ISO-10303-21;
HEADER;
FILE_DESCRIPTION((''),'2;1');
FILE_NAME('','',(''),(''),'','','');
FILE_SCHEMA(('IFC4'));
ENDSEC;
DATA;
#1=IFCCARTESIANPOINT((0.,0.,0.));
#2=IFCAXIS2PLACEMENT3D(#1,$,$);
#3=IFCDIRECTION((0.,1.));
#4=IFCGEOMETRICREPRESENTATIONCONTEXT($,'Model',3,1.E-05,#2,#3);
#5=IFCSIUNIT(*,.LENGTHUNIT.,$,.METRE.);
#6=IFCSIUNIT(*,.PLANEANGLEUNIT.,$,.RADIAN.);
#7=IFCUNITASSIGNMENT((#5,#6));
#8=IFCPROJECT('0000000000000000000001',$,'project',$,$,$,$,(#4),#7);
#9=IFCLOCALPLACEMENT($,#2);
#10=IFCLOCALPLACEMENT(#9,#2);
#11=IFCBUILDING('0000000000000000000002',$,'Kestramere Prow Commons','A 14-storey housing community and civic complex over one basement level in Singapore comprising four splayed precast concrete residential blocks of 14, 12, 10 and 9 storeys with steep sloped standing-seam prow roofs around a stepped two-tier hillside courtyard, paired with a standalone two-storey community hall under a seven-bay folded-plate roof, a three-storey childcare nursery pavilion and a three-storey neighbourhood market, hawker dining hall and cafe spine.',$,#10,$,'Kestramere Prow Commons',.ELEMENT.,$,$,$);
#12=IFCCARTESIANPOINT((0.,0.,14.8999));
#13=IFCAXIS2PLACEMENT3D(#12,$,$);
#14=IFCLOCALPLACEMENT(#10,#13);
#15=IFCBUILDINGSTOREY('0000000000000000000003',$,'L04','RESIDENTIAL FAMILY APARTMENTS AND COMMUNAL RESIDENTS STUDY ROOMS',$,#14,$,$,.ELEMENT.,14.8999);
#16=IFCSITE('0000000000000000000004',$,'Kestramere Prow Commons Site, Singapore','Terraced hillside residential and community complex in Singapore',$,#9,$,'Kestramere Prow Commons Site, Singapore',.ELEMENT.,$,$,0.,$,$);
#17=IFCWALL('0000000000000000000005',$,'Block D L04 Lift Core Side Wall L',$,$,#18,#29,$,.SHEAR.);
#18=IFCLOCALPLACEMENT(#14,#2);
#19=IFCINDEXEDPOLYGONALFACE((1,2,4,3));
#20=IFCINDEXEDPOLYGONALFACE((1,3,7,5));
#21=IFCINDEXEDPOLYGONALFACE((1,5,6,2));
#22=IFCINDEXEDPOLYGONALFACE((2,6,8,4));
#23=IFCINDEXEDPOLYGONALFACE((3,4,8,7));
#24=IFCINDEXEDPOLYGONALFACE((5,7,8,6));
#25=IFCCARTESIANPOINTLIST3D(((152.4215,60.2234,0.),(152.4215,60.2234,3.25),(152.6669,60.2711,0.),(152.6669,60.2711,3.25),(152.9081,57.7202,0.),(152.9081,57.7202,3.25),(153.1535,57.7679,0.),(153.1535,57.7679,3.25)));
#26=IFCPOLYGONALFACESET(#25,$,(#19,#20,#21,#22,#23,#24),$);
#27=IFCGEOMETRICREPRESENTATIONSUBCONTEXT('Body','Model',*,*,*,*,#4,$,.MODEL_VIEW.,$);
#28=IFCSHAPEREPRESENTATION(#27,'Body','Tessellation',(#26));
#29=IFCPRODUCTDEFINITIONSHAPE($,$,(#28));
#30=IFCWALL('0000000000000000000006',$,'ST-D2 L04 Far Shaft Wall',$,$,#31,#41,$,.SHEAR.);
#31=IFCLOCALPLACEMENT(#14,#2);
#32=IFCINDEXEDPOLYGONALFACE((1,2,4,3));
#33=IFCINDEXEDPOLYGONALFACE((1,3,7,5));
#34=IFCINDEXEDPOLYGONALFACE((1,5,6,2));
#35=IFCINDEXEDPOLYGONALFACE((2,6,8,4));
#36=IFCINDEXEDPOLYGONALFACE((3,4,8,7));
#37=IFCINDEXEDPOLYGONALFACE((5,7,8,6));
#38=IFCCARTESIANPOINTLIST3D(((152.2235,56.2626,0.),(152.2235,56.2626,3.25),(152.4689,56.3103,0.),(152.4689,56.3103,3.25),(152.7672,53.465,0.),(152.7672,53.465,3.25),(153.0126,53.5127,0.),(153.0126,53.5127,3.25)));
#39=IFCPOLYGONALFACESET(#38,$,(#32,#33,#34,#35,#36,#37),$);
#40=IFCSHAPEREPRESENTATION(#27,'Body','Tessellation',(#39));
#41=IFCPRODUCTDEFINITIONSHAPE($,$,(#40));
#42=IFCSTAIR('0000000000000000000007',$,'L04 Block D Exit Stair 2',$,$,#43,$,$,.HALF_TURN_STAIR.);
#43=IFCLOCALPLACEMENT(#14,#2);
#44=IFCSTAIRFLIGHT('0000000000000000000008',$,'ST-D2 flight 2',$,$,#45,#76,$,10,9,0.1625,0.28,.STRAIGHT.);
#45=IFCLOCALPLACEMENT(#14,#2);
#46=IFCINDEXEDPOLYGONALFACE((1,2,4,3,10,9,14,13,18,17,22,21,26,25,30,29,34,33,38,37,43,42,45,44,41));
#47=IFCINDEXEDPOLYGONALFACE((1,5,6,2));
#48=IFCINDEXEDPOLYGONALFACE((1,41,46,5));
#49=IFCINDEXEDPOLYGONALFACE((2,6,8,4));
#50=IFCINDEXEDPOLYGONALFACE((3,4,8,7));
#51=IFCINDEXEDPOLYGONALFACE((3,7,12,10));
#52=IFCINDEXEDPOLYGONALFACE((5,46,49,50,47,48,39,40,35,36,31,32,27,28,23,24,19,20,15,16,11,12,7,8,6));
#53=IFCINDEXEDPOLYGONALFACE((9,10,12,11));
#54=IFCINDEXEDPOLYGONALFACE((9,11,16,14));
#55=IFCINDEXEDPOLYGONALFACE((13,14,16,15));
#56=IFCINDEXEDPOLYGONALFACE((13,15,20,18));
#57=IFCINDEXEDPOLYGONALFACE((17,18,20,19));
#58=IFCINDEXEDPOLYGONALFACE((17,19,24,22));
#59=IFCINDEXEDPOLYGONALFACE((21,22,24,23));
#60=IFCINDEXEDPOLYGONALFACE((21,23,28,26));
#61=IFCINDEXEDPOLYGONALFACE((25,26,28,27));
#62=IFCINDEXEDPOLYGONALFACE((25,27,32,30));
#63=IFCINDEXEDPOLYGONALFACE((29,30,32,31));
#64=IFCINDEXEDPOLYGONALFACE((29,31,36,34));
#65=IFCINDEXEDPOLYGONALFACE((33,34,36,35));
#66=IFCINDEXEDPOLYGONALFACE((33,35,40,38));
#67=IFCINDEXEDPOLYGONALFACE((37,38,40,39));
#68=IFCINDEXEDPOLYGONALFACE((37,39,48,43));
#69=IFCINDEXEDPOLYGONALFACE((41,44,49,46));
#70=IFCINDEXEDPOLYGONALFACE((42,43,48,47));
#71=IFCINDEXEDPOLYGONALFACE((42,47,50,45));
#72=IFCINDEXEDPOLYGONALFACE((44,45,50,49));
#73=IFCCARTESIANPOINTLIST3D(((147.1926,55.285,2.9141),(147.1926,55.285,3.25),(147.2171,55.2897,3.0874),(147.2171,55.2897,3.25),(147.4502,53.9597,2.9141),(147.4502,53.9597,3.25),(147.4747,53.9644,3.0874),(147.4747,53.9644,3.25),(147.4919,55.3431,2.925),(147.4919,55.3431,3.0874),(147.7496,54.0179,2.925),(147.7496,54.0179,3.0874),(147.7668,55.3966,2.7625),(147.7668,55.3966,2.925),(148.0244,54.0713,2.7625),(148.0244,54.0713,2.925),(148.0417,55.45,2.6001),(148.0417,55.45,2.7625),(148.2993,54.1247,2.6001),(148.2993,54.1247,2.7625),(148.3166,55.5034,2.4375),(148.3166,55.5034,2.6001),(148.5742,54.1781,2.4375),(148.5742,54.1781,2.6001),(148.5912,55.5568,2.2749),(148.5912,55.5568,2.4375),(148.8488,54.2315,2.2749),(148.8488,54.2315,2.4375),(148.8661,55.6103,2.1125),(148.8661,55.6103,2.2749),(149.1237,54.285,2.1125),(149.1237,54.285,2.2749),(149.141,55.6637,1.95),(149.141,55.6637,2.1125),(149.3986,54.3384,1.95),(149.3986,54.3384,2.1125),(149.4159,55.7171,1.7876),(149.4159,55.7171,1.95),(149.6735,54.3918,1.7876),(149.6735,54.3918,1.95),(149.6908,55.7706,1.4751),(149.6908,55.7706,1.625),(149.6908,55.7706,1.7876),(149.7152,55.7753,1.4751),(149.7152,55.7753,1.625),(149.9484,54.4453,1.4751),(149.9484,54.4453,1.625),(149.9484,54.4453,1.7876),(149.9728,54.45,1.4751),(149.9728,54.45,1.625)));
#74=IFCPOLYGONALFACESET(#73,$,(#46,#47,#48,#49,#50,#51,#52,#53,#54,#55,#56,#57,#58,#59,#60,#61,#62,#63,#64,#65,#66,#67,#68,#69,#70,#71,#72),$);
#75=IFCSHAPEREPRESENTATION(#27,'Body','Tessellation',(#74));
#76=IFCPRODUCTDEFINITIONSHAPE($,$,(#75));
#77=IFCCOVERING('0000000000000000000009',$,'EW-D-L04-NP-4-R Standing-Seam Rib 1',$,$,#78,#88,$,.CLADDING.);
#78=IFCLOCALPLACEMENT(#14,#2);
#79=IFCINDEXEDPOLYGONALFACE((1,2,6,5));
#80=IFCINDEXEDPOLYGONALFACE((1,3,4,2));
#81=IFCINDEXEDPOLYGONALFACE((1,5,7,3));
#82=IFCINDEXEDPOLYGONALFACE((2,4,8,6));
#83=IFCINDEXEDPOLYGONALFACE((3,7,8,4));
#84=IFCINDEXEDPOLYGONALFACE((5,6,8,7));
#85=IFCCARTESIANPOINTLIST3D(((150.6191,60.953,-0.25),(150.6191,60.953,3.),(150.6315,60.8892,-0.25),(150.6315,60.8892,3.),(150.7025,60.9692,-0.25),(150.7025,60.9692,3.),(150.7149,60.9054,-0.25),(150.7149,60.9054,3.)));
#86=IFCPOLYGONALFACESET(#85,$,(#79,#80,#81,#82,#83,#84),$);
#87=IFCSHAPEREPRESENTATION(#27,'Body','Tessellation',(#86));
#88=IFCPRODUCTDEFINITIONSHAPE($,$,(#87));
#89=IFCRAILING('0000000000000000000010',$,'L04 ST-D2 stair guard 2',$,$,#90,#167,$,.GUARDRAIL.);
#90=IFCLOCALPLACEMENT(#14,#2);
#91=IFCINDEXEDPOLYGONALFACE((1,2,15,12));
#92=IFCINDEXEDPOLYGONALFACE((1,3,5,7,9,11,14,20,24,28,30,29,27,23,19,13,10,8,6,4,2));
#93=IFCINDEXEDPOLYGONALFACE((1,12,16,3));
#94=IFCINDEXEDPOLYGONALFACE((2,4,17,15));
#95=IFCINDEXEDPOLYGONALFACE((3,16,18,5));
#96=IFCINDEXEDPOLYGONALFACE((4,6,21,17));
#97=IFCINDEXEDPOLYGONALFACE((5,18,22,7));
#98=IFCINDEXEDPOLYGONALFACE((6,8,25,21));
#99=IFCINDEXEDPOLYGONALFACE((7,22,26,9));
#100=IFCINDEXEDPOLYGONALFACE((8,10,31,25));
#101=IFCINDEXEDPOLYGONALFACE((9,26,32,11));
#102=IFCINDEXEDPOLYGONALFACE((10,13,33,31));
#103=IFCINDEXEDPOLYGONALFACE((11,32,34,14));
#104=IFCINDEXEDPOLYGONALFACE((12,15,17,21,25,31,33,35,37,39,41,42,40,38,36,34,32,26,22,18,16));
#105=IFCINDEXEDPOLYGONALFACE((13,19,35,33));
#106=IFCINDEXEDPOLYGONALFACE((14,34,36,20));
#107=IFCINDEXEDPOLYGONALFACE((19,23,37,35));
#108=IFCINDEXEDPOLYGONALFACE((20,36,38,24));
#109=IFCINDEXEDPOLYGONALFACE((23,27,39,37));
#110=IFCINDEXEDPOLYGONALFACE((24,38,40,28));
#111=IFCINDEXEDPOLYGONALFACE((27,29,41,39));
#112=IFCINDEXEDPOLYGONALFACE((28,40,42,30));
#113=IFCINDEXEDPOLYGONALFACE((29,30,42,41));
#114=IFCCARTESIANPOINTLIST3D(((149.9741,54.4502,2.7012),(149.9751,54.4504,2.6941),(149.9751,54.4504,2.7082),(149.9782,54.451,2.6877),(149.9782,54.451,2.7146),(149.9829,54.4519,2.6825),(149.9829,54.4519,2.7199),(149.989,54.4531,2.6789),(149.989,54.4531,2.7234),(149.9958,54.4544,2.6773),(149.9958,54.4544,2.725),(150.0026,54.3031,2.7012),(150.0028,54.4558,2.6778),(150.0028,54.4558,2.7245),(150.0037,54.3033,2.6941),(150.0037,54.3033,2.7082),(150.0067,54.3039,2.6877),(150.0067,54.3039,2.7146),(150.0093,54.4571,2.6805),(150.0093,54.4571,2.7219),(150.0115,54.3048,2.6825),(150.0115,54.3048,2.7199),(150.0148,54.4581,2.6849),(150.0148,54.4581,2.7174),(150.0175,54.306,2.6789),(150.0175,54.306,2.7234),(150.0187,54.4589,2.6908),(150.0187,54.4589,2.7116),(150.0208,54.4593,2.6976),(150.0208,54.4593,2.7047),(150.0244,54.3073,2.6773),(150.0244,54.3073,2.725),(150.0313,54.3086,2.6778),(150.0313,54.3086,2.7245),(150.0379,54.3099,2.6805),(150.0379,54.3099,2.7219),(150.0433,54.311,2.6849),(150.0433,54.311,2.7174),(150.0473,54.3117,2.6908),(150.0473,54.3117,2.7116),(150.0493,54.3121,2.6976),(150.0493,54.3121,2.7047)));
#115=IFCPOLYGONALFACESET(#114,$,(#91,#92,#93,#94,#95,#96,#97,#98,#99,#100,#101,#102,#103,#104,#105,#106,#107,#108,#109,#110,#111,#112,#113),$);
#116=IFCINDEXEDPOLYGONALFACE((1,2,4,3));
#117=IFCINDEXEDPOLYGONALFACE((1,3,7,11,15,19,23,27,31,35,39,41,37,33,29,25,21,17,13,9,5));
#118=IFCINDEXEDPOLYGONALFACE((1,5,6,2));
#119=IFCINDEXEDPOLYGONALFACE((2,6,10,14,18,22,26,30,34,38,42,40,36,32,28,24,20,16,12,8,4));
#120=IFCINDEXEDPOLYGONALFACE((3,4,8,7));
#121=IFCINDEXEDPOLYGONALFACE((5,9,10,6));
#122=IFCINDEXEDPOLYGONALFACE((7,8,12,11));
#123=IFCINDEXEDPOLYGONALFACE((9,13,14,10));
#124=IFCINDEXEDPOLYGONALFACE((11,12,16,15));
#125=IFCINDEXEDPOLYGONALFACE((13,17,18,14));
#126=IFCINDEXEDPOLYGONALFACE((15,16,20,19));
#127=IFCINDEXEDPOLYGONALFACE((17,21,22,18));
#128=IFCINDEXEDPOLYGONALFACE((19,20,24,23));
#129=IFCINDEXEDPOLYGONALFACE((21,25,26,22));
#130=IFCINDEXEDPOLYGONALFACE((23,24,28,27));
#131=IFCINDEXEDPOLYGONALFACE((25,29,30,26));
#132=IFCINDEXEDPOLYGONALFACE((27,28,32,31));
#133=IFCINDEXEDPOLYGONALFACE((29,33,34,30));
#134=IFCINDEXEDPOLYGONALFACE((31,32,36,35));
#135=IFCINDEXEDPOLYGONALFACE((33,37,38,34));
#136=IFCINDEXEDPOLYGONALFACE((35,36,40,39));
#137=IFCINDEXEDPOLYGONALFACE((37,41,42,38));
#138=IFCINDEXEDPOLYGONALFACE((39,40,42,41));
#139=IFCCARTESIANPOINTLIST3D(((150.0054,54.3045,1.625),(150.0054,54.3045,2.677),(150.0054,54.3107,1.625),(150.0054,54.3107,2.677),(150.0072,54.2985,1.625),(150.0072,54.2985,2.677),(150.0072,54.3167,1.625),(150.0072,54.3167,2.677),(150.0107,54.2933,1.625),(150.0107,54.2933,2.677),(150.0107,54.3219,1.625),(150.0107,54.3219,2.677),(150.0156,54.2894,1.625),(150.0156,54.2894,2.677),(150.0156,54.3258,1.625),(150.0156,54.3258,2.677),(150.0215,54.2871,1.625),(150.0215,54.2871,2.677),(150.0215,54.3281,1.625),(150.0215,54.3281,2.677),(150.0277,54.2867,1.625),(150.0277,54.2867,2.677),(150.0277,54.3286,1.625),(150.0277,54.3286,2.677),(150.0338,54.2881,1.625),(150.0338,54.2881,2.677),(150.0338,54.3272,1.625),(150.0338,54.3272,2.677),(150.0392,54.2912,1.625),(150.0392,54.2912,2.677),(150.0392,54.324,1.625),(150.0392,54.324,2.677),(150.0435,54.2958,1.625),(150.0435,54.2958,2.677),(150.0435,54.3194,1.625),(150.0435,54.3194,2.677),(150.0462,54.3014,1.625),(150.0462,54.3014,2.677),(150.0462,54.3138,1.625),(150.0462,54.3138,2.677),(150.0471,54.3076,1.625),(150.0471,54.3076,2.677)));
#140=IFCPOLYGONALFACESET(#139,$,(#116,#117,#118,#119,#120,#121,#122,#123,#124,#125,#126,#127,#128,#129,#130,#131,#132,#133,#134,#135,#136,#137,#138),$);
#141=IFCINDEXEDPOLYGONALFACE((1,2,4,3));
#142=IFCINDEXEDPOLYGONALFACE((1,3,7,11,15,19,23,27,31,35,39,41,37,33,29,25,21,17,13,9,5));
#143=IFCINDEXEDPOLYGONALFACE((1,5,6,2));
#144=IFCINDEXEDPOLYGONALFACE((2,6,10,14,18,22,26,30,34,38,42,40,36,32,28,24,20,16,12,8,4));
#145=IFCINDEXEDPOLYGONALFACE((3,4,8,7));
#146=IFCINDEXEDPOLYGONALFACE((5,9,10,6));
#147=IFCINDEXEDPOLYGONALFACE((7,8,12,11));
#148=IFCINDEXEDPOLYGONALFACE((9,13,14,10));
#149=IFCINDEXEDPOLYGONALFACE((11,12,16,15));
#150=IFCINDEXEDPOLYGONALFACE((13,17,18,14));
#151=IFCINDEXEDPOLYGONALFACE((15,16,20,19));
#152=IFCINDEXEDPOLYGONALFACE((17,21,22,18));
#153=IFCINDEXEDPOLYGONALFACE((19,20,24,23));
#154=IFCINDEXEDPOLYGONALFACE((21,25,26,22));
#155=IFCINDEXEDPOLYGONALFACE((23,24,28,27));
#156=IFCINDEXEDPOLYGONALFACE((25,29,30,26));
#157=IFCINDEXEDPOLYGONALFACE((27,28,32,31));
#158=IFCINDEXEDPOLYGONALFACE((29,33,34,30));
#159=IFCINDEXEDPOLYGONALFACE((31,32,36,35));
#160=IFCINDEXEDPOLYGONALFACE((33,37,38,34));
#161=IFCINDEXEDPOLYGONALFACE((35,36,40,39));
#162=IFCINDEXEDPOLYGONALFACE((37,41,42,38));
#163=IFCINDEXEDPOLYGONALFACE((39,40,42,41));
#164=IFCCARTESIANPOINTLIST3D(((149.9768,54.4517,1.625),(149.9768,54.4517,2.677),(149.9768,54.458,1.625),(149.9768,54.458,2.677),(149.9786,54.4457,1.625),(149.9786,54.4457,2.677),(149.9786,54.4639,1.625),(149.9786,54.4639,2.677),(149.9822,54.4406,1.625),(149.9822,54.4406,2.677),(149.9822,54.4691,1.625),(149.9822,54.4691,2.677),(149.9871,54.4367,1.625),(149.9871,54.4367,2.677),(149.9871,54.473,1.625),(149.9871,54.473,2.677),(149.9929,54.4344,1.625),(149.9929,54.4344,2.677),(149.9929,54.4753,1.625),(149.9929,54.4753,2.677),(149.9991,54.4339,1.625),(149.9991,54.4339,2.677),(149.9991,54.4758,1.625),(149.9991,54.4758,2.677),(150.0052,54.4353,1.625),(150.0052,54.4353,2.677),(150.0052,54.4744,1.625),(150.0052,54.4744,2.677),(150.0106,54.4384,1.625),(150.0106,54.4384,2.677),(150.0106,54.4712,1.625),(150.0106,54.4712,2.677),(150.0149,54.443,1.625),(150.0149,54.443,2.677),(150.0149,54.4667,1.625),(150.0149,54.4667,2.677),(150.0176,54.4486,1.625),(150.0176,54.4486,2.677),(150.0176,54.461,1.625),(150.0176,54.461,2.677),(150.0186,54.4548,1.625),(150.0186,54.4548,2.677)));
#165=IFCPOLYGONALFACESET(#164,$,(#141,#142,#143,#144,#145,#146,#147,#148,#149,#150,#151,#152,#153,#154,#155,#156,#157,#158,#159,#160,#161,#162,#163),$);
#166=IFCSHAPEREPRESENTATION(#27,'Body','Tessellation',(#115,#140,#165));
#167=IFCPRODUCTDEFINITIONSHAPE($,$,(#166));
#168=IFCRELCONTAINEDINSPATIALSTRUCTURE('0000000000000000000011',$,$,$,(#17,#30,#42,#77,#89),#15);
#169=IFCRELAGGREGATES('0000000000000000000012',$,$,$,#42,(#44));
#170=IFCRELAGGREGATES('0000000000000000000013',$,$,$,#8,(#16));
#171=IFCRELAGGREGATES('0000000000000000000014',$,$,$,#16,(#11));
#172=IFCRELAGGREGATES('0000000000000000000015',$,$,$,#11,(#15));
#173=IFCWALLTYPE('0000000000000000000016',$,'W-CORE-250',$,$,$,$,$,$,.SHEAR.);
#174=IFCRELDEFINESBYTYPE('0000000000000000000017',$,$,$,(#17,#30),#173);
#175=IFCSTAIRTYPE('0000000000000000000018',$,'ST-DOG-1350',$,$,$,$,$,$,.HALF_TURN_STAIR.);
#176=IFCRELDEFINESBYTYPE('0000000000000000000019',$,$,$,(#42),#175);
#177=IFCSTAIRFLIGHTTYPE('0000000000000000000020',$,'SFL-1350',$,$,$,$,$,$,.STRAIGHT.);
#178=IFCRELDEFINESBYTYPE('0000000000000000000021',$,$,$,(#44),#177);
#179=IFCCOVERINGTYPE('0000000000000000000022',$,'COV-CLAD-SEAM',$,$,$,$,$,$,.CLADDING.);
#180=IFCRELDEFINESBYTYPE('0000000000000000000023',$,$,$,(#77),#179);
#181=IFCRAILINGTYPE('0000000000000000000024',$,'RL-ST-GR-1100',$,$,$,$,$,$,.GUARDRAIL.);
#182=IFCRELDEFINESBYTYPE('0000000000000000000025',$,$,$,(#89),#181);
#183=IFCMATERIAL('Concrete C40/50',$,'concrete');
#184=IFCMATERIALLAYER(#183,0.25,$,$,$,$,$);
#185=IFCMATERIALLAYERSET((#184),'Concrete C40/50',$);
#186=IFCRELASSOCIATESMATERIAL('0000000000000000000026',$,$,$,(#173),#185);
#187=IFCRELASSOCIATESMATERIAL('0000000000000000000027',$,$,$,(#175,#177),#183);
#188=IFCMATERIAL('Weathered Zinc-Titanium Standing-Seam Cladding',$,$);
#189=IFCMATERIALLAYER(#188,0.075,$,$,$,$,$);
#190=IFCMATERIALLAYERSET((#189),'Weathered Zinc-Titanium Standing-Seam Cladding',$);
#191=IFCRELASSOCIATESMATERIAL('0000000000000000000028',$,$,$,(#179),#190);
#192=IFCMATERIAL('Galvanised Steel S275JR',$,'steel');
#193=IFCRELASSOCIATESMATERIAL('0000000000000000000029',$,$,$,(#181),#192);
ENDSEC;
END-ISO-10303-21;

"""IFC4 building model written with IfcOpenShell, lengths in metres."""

from ifc_helpers import new_model, si_unit, direction, frame, frame_2d, origin, origin_2d, place, context, subcontext, project, spatial, polyline, rectangle, circle, outline, extrude, material, layer, layer_set, type_object, element, aggregate, save


model = new_model("IFC4")

# Units and contexts
model_context = context("Model", 3, precision=1e-05, world=origin(), true_north=direction((0.0, 1.0)))
body_context = subcontext(model_context, "Body", "Model", "MODEL_VIEW")
ifc_project = project(units=[si_unit("LENGTHUNIT", "METRE"), si_unit("PLANEANGLEUNIT", "RADIAN")], contexts=[model_context])

# Site, building, storey
site_placement = place(None, origin())
site = spatial("IfcSite", under=ifc_project, at=site_placement, Name="Kestramere Prow Commons Site, Singapore", Description="Terraced hillside residential and community complex in Singapore", LongName="Kestramere Prow Commons Site, Singapore", CompositionType="ELEMENT", RefElevation=0.0)
building_placement = place(site_placement, origin())
building = spatial("IfcBuilding", under=site, at=building_placement, Name="Kestramere Prow Commons", Description="A 14-storey housing community and civic complex over one basement level in Singapore comprising four splayed precast concrete residential blocks of 14, 12, 10 and 9 storeys with steep sloped standing-seam prow roofs around a stepped two-tier hillside courtyard, paired with a standalone two-storey community hall under a seven-bay folded-plate roof, a three-storey childcare nursery pavilion and a three-storey neighbourhood market, hawker dining hall and cafe spine.", LongName="Kestramere Prow Commons", CompositionType="ELEMENT")
storey_placement = place(building_placement, frame((0.0, 0.0, 14.8999)))
storey = spatial("IfcBuildingStorey", under=building, at=storey_placement, Name="L04", Description="RESIDENTIAL FAMILY APARTMENTS AND COMMUNAL RESIDENTS STUDY ROOMS", CompositionType="ELEMENT", Elevation=14.8999)

# Shared definitions
ifc_material_1 = material(Name="Concrete C40/50", Category="concrete")

# Shared definitions
ifc_layer_1 = layer(ifc_material_1, 0.25)
ifc_layer_set_1 = layer_set([ifc_layer_1], Name="Concrete C40/50")
wall_type_1 = type_object("IfcWallType", Name="W-CORE-250", PredefinedType="SHEAR", material=ifc_layer_set_1)

# Walls
wall_1_placement = place(storey_placement, frame((153.0308, 57.7441, 0.0), z_axis=(0.0, 0.0, 1.0), x_axis=(-0.190811, 0.981627, 0.0)))
element("IfcWall", 1, at=wall_1_placement, inside=storey, type_object=wall_type_1, Name="Block D L04 Lift Core Side Wall L", PredefinedType="SHEAR", context=body_context, shape_type="SweptSolid", body=[
    extrude(rectangle(XDim=2.55, YDim=0.25, at=frame_2d((1.2749, 0.0))), origin(), (0.0, 0.0, 1.0), 3.25),
])
wall_2_placement = place(storey_placement, frame((152.8899, 53.489, 0.0), z_axis=(0.0, 0.0, 1.0), x_axis=(-0.190776, 0.981634, 0.0)))
element("IfcWall", 2, at=wall_2_placement, inside=storey, type_object=wall_type_1, Name="ST-D2 L04 Far Shaft Wall", PredefinedType="SHEAR", context=body_context, shape_type="SweptSolid", body=[
    extrude(rectangle(XDim=2.8499, YDim=0.25, at=frame_2d((1.4248, 0.0))), origin(), (0.0, 0.0, 1.0), 3.25),
])

# Stair, stair flight
stair_type = type_object("IfcStairType", Name="ST-DOG-1350", PredefinedType="HALF_TURN_STAIR", material=ifc_material_1)
stair_placement = place(storey_placement, origin())
stair = element("IfcStair", 3, at=stair_placement, inside=storey, type_object=stair_type, Name="L04 Block D Exit Stair 2", PredefinedType="HALF_TURN_STAIR")
stair_flight_type = type_object("IfcStairFlightType", Name="SFL-1350", PredefinedType="STRAIGHT", material=ifc_material_1)
stair_flight_placement = place(storey_placement, frame((149.8196, 55.1079, 1.625), z_axis=(0.0, 0.0, 1.0), x_axis=(-0.981627, -0.190809, 0.0)))
stair_flight = element("IfcStairFlight", 4, at=stair_flight_placement, type_object=stair_flight_type, Name="ST-D2 flight 2", NumberOfRisers=10, NumberOfTreads=9, PredefinedType="STRAIGHT", RiserHeight=0.1625, TreadLength=0.28, context=body_context, shape_type="SweptSolid", body=[
    extrude(outline(polyline([(-0.0249, 0.0), (0.0, 0.0), (0.0, 0.1626), (0.28, 0.1626), (0.28, 0.325), (0.5601, 0.325), (0.5601, 0.4875), (0.8401, 0.4875), (0.8401, 0.6499), (1.1201, 0.6499), (1.1201, 0.8125), (1.3999, 0.8125), (1.3999, 0.9751), (1.6799, 0.9751), (1.6799, 1.1375), (1.96, 1.1375), (1.96, 1.3), (2.24, 1.3), (2.24, 1.4624), (2.52, 1.4624), (2.52, 1.625), (2.5449, 1.625), (2.5449, 1.2891), (0.0, -0.1499), (-0.0249, -0.1499), (-0.0249, 0.0)])), frame((0.0, 0.675, 0.0), z_axis=(0.0, -1.0, 0.0), x_axis=(1.0, 0.0, 0.0)), (0.0, 0.0, 1.0), 1.3501),
])
aggregate(stair, [stair_flight])

# Covering
ifc_material_2 = material(Name="Weathered Zinc-Titanium Standing-Seam Cladding")
ifc_layer_2 = layer(ifc_material_2, 0.075)
ifc_layer_set_2 = layer_set([ifc_layer_2], Name="Weathered Zinc-Titanium Standing-Seam Cladding")
covering_type = type_object("IfcCoveringType", Name="COV-CLAD-SEAM", PredefinedType="CLADDING", material=ifc_layer_set_2)
covering_placement = place(storey_placement, frame((150.667, 60.9292, -0.25), z_axis=(0.0, 0.0, 1.0), x_axis=(0.981627, 0.190809, 0.0)))
element("IfcCovering", 5, at=covering_placement, inside=storey, type_object=covering_type, Name="EW-D-L04-NP-4-R Standing-Seam Rib 1", PredefinedType="CLADDING", context=body_context, shape_type="SweptSolid", body=[
    extrude(rectangle(XDim=0.085, YDim=0.0649, at=origin_2d()), origin(), (0.0, 0.0, 1.0), 3.25),
])

# Railing
ifc_material_3 = material(Name="Galvanised Steel S275JR", Category="steel")
railing_type_1 = type_object("IfcRailingType", Name="RL-ST-GR-1100", PredefinedType="GUARDRAIL", material=ifc_material_3)
railing_1_placement = place(storey_placement, frame((150.0261, 54.3076, 1.625)))
element("IfcRailing", 6, at=railing_1_placement, inside=storey, type_object=railing_type_1, Name="L04 ST-D2 stair guard 2", PredefinedType="GUARDRAIL", context=body_context, shape_type="SweptSolid", body=[
    extrude(circle(Radius=0.0239, at=origin_2d()), frame((0.0, 0.0, 1.0762), z_axis=(-0.190477, 0.981692, 0.0), x_axis=(-0.981692, -0.190477, 0.0)), (0.0, 0.0, 1.0), 0.1499),
    extrude(circle(Radius=0.021, at=origin_2d()), origin(), (0.0, 0.0, 1.0), 1.052),
    extrude(circle(Radius=0.021, at=origin_2d()), frame((-0.0286, 0.1472, 0.0)), (0.0, 0.0, 1.0), 1.052),
])

save(model, "model.ifc")
